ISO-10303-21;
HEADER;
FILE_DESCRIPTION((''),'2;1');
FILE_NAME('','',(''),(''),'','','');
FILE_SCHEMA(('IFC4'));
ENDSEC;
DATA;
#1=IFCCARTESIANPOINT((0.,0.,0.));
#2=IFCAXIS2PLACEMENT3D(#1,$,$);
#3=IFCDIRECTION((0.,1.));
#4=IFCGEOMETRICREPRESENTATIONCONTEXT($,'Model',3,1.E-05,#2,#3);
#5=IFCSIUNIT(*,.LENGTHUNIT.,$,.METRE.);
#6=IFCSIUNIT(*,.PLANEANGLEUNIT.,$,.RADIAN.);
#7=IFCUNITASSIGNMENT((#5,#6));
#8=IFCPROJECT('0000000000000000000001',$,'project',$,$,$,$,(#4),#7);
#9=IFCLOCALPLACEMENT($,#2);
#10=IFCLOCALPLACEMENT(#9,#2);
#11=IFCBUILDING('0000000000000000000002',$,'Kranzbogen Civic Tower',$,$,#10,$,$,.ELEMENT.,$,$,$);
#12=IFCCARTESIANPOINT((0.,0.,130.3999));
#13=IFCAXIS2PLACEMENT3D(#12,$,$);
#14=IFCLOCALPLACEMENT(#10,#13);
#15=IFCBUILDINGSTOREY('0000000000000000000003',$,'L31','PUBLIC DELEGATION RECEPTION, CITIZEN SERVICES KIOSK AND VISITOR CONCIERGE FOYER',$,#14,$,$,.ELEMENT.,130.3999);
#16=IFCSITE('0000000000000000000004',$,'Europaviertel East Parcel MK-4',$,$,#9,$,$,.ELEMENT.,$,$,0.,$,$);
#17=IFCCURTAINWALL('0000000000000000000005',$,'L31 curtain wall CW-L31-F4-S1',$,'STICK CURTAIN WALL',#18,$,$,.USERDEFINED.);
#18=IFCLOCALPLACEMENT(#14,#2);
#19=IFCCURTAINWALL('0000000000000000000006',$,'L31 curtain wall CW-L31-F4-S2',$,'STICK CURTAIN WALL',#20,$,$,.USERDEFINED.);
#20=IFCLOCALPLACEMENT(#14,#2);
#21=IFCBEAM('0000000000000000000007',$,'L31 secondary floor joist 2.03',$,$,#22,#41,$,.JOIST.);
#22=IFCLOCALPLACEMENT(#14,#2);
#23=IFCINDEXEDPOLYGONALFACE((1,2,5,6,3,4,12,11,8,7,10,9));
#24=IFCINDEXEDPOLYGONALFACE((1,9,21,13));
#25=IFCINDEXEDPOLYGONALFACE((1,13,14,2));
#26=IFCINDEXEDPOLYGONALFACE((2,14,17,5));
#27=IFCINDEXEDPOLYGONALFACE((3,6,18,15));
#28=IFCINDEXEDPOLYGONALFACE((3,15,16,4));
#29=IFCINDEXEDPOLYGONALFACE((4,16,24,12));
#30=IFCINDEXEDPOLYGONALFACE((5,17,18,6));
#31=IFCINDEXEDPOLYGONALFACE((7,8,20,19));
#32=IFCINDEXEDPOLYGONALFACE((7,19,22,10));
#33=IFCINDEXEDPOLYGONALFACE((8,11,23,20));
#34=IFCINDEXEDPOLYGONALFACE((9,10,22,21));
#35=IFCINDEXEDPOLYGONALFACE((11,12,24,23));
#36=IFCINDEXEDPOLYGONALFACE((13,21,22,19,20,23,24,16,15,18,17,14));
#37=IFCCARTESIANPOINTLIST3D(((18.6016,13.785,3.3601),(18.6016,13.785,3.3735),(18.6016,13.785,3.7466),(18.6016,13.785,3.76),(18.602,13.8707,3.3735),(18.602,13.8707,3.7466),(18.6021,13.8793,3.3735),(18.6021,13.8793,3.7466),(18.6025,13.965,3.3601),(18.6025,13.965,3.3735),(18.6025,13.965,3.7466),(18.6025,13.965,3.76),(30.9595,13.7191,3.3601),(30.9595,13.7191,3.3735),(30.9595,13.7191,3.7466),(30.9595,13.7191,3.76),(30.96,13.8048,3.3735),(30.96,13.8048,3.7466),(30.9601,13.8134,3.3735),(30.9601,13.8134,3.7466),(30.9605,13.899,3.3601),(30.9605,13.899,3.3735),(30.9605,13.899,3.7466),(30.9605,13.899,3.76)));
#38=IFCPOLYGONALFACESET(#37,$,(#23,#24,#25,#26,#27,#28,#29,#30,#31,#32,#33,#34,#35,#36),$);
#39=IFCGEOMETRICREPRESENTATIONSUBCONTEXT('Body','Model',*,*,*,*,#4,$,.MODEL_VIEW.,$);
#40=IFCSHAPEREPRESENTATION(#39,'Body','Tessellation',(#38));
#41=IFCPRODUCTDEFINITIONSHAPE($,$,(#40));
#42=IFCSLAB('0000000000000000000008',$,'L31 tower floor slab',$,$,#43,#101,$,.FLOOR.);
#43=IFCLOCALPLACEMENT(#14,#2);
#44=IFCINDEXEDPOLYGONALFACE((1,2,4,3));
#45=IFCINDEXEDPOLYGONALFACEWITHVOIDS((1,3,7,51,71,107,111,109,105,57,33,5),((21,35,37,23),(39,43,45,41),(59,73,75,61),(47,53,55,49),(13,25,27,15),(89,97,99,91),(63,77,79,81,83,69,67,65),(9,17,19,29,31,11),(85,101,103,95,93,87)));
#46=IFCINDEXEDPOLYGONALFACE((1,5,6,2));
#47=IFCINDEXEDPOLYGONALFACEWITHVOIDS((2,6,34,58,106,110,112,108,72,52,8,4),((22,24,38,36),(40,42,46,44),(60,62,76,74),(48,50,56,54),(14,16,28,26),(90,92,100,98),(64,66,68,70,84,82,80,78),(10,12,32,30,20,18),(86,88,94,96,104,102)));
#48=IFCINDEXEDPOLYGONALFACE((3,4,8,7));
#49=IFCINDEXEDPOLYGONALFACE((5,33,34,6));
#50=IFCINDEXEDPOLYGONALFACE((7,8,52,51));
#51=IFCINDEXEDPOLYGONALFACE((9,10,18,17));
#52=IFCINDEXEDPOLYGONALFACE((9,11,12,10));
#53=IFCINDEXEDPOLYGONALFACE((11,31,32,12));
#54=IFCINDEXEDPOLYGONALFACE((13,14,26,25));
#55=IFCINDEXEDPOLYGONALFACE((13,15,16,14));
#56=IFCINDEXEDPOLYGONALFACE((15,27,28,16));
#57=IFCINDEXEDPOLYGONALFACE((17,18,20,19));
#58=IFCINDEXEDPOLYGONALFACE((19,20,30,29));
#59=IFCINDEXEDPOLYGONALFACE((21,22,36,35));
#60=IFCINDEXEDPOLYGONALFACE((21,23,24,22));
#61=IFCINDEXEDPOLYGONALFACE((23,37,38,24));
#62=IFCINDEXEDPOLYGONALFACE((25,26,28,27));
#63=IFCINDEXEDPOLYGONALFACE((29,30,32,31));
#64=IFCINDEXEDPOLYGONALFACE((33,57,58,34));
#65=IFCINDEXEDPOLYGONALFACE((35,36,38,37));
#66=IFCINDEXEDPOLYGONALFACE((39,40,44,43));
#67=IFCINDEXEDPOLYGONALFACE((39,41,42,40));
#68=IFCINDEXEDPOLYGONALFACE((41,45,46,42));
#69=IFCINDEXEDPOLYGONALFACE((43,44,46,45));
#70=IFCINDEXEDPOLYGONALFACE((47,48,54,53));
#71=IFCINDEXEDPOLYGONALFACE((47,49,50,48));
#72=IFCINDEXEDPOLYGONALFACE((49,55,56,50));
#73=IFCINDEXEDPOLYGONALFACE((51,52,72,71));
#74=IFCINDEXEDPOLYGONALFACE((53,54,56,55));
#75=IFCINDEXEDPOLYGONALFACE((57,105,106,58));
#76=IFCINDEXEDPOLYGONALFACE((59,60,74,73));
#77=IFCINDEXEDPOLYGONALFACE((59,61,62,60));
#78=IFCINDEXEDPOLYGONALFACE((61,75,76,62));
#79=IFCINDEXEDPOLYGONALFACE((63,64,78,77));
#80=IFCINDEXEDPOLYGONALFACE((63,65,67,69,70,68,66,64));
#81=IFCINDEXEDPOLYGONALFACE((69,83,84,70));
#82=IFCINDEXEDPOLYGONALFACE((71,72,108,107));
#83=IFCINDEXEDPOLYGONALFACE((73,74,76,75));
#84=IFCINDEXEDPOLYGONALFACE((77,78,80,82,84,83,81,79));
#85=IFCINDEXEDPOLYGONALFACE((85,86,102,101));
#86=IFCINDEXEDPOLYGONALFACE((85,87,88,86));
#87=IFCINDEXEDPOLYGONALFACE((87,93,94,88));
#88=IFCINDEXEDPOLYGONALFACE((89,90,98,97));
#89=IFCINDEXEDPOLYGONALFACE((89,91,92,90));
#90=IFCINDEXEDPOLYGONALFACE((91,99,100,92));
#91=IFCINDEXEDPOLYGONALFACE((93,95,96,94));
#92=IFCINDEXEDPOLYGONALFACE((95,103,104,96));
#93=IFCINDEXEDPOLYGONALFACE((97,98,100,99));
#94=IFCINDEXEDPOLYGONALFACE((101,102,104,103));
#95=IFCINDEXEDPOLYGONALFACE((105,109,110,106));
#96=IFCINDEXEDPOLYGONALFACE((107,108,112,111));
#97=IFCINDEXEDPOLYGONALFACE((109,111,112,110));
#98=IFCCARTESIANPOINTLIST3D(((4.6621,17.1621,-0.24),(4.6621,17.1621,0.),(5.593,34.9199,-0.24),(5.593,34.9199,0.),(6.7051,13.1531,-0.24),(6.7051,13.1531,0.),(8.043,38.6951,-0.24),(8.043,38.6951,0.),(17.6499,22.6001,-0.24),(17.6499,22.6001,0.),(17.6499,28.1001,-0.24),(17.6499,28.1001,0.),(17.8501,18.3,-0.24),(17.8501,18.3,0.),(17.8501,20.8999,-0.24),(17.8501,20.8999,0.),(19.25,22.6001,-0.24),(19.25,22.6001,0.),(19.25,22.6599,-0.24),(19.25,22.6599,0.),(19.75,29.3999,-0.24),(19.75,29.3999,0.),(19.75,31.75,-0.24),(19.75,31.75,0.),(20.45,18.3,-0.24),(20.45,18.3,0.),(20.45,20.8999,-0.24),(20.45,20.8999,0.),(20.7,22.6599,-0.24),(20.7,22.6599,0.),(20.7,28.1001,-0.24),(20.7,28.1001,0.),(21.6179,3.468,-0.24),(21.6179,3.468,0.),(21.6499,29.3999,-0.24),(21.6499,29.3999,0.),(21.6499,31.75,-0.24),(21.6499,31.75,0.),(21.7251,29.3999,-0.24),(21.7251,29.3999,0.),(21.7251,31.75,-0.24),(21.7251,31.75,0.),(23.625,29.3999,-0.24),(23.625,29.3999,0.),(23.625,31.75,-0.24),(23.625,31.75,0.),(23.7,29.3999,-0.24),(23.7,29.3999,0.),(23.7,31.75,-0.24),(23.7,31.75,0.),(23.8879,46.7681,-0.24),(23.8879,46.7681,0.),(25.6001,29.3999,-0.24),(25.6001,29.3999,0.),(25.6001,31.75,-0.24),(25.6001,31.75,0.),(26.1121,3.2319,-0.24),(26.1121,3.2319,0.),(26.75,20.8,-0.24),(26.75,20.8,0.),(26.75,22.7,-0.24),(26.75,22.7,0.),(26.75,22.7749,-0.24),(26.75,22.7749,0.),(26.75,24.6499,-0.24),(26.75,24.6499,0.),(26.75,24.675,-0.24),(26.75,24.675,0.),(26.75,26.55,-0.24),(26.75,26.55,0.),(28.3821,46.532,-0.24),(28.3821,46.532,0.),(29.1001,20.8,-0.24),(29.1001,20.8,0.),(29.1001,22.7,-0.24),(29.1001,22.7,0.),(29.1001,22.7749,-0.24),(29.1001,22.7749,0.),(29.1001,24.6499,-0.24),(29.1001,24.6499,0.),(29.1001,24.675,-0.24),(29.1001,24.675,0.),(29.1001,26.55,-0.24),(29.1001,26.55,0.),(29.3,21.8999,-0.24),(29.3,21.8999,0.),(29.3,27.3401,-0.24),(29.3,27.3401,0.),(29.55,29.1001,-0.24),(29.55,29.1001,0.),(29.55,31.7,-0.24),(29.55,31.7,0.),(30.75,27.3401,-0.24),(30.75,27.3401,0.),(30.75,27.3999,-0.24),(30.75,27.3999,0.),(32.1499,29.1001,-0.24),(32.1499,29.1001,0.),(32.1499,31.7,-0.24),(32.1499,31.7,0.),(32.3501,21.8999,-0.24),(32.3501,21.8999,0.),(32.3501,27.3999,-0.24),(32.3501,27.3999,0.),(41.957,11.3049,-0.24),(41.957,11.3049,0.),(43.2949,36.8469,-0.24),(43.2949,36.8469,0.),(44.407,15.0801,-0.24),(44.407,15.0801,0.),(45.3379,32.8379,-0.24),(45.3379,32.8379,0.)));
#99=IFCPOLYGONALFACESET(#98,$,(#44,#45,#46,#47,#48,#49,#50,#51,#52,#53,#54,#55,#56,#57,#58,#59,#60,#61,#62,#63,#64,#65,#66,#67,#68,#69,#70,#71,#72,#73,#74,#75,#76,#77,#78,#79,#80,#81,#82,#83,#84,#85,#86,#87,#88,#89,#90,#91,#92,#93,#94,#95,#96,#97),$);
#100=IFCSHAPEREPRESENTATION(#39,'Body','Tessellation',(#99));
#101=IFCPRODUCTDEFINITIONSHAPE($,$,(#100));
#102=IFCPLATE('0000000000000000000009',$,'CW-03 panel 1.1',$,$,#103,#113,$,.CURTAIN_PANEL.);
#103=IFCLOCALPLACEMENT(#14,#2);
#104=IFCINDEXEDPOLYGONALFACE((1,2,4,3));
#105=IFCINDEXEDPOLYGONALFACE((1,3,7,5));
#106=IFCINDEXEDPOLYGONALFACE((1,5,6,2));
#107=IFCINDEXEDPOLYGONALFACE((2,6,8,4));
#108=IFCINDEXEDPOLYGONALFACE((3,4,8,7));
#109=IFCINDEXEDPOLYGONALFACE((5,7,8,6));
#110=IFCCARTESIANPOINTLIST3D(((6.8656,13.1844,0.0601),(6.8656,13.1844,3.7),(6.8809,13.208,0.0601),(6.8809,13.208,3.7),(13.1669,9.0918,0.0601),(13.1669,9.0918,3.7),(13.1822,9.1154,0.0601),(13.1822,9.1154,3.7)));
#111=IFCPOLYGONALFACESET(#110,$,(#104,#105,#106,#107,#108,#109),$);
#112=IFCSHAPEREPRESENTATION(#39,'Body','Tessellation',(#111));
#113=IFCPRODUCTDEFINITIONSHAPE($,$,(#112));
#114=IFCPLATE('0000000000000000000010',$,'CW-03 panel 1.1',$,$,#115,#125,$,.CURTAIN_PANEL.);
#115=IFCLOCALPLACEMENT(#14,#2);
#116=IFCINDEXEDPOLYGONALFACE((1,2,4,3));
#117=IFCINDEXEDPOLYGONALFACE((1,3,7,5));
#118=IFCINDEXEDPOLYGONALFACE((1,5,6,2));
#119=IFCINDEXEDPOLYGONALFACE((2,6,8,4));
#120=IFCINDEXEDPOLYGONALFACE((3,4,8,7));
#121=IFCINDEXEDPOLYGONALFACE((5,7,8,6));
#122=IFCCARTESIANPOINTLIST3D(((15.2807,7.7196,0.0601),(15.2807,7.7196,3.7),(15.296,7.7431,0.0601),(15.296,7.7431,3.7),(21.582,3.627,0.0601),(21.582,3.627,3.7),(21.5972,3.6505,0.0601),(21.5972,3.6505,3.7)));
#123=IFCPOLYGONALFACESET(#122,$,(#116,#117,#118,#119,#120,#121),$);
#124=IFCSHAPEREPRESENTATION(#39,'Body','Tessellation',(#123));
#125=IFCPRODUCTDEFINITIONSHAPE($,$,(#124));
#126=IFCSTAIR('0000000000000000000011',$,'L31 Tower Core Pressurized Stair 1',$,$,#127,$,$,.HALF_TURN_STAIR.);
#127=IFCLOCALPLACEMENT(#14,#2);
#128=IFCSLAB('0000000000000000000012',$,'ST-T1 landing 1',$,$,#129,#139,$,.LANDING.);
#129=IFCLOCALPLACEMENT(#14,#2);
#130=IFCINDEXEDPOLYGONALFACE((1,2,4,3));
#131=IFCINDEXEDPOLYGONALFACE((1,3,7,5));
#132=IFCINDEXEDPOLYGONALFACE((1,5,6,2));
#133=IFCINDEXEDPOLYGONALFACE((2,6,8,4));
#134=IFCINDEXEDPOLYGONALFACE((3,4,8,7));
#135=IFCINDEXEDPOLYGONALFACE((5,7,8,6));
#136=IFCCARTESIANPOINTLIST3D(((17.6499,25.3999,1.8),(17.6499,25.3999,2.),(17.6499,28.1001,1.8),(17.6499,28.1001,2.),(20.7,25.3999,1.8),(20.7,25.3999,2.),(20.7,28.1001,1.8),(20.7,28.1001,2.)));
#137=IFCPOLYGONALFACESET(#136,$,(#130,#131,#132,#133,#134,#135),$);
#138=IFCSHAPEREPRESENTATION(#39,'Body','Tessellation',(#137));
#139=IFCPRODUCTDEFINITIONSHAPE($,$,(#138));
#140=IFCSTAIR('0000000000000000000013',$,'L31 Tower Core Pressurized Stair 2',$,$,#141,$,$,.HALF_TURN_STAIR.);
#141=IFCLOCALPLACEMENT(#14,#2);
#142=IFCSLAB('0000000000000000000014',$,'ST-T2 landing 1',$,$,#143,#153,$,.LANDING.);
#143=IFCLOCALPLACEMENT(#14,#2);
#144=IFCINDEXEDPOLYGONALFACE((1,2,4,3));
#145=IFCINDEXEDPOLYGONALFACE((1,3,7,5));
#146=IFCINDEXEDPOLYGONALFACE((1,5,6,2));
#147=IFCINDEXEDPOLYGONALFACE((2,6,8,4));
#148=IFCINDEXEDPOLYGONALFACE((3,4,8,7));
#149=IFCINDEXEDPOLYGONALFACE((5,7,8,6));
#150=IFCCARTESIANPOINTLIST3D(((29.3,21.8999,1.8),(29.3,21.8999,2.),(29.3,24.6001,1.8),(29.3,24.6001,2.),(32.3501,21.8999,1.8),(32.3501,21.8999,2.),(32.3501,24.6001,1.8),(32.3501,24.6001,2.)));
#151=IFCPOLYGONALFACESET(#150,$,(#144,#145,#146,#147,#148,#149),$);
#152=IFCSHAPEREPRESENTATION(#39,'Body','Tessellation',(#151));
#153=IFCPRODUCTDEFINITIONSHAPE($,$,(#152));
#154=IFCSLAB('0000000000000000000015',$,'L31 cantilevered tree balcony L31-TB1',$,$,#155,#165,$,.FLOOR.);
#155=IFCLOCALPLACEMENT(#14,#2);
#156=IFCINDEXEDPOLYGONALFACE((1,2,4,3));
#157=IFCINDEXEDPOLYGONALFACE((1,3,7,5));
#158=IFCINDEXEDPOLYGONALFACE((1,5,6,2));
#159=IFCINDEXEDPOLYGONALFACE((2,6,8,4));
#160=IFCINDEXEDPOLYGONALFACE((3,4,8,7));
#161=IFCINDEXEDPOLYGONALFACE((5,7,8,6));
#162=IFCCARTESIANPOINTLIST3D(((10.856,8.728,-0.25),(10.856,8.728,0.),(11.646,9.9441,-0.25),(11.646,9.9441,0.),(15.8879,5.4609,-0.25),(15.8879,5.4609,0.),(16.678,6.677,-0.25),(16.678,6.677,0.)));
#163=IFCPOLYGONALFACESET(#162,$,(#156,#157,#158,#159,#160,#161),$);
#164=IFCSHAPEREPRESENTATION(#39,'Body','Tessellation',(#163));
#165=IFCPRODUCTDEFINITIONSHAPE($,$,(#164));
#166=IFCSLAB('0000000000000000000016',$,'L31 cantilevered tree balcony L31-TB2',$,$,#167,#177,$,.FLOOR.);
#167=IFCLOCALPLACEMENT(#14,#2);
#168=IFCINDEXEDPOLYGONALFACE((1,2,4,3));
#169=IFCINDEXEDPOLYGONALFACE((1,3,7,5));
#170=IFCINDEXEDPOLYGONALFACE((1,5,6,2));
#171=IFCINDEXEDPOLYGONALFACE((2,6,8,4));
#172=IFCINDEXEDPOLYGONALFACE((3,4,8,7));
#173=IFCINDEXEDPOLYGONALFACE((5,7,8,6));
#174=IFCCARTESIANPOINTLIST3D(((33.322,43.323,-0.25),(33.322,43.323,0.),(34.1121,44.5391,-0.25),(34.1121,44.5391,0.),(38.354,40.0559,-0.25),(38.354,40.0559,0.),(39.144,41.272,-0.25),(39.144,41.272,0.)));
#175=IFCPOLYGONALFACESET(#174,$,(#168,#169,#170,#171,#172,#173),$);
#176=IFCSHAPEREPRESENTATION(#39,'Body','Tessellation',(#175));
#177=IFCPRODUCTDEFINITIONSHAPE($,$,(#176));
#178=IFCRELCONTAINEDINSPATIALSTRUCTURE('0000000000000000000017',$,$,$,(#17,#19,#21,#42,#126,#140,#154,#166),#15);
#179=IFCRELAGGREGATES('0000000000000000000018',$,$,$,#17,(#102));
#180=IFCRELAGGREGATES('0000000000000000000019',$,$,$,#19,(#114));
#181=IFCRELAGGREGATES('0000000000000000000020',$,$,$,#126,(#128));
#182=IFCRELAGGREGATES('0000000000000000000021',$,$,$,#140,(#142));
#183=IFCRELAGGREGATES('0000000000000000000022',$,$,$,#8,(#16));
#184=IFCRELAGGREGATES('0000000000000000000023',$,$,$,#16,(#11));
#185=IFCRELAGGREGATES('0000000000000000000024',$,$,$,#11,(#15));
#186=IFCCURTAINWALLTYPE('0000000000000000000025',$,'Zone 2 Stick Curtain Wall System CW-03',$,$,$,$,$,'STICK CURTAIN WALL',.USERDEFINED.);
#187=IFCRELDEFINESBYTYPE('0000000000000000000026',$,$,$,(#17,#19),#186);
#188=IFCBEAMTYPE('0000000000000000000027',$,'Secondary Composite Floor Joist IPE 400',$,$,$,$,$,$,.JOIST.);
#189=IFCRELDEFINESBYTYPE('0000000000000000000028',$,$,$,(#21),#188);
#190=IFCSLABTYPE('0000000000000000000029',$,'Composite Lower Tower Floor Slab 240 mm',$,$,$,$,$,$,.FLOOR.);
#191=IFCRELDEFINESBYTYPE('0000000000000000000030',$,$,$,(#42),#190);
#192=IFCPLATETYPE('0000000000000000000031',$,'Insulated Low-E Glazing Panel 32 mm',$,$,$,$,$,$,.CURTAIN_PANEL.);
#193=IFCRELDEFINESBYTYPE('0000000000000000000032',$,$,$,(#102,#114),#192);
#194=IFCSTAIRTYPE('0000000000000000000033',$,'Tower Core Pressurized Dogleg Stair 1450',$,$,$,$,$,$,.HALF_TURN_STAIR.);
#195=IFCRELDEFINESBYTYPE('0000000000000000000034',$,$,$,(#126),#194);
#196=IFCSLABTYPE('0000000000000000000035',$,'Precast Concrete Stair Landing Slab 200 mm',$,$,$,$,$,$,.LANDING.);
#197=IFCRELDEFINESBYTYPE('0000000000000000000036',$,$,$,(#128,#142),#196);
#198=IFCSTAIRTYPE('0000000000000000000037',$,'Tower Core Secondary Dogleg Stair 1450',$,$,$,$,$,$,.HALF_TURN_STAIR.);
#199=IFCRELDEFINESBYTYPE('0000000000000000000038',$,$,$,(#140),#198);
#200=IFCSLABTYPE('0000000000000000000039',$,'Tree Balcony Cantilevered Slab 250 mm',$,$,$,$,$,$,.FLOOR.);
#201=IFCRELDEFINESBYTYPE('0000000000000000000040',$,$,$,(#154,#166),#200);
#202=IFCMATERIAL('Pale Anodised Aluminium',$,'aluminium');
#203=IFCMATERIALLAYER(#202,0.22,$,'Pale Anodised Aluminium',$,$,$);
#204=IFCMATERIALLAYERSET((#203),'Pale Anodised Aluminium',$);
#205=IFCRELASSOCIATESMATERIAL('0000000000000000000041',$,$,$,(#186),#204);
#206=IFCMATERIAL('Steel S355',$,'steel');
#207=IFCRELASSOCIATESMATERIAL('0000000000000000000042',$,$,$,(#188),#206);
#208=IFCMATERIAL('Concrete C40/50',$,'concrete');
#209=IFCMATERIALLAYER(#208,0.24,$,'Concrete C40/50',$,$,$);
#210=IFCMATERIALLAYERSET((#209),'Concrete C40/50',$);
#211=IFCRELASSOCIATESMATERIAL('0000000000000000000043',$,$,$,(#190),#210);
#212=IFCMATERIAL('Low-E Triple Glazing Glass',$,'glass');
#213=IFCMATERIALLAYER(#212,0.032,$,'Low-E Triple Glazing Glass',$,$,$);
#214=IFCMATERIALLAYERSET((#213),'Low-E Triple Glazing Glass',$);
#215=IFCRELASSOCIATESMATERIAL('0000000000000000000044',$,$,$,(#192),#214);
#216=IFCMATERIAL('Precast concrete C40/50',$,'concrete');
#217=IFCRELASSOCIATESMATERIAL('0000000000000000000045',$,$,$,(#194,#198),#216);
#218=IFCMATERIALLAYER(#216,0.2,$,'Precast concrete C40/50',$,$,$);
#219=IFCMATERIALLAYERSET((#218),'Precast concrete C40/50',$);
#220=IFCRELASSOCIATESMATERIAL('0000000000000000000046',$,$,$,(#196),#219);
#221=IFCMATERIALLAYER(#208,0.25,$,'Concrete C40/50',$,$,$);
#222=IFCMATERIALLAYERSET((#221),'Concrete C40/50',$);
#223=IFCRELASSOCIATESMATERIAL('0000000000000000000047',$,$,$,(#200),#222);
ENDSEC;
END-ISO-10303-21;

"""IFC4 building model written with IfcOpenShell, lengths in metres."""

from ifc_helpers import new_model, si_unit, direction, frame, origin, origin_2d, place, context, subcontext, project, spatial, polyline, rectangle, i_section, outline, extrude, material, layer, layer_set, material_profile, profile_set, type_object, element, aggregate, save


model = new_model("IFC4")

# Units and contexts
model_context = context("Model", 3, precision=1e-05, world=origin(), true_north=direction((0.0, 1.0)))
body_context = subcontext(model_context, "Body", "Model", "MODEL_VIEW")
ifc_project = project(units=[si_unit("LENGTHUNIT", "METRE"), si_unit("PLANEANGLEUNIT", "RADIAN")], contexts=[model_context])

# Site, building, storey
site_placement = place(None, origin())
site = spatial("IfcSite", under=ifc_project, at=site_placement, Name="Europaviertel East Parcel MK-4", CompositionType="ELEMENT", RefElevation=0.0)
building_placement = place(site_placement, origin())
building = spatial("IfcBuilding", under=site, at=building_placement, Name="Kranzbogen Civic Tower", CompositionType="ELEMENT")
storey_placement = place(building_placement, frame((0.0, 0.0, 130.3999)))
storey = spatial("IfcBuildingStorey", under=building, at=storey_placement, Name="L31", Description="PUBLIC DELEGATION RECEPTION, CITIZEN SERVICES KIOSK AND VISITOR CONCIERGE FOYER", CompositionType="ELEMENT", Elevation=130.3999)

# Shared definitions
ifc_material_1 = material(Name="Steel S355", Category="steel")

# Curtain wall
ifc_material_2 = material(Name="Pale Anodised Aluminium", Category="aluminium")
ifc_layer_1 = layer(ifc_material_2, 0.22, Name="Pale Anodised Aluminium")
ifc_layer_set_1 = layer_set([ifc_layer_1], Name="Pale Anodised Aluminium")
curtain_wall_type = type_object("IfcCurtainWallType", Name="Zone 2 Stick Curtain Wall System CW-03", ElementType="STICK CURTAIN WALL", PredefinedType="USERDEFINED", material=ifc_layer_set_1)
curtain_wall_1_placement = place(storey_placement, origin())
curtain_wall_1 = element("IfcCurtainWall", 1, at=curtain_wall_1_placement, inside=storey, type_object=curtain_wall_type, Name="L31 curtain wall CW-L31-F4-S1", ObjectType="STICK CURTAIN WALL", PredefinedType="USERDEFINED")

# Curtain wall
curtain_wall_2_placement = place(storey_placement, origin())
curtain_wall_2 = element("IfcCurtainWall", 2, at=curtain_wall_2_placement, inside=storey, type_object=curtain_wall_type, Name="L31 curtain wall CW-L31-F4-S2", ObjectType="STICK CURTAIN WALL", PredefinedType="USERDEFINED")

# Beam
ifc_material_profile_1 = material_profile(ifc_material_1, i_section(OverallWidth=0.1799, OverallDepth=0.3999, WebThickness=0.0085, FlangeThickness=0.0134, at=origin_2d()), Name="IPE 400")
ifc_profile_set_1 = profile_set([ifc_material_profile_1], Name="Steel S355")
beam_type_1 = type_object("IfcBeamType", Name="Secondary Composite Floor Joist IPE 400", PredefinedType="JOIST", material=ifc_profile_set_1)
beam_1_placement = place(storey_placement, frame((18.6021, 13.875, 3.5601), z_axis=(0.999986, -0.005334, 0.0), x_axis=(0.005334, 0.999986, 0.0)))
element("IfcBeam", 3, at=beam_1_placement, inside=storey, type_object=beam_type_1, Name="L31 secondary floor joist 2.03", PredefinedType="JOIST", context=body_context, shape_type="SweptSolid", body=[
    extrude(i_section(OverallWidth=0.1799, OverallDepth=0.3999, WebThickness=0.0085, FlangeThickness=0.0134, at=origin_2d()), origin(), (0.0, 0.0, 1.0), 12.3582),
])

# Slab
ifc_material_3 = material(Name="Concrete C40/50", Category="concrete")
ifc_layer_2 = layer(ifc_material_3, 0.24, Name="Concrete C40/50")
ifc_layer_set_2 = layer_set([ifc_layer_2], Name="Concrete C40/50")
slab_type_1 = type_object("IfcSlabType", Name="Composite Lower Tower Floor Slab 240 mm", PredefinedType="FLOOR", material=ifc_layer_set_2)
slab_1_placement = place(storey_placement, frame((0.0, 0.0, -0.24)))
element("IfcSlab", 4, at=slab_1_placement, inside=storey, type_object=slab_type_1, Name="L31 tower floor slab", PredefinedType="FLOOR", context=body_context, shape_type="SweptSolid", body=[
    extrude(outline(polyline([(43.2949, 36.8469), (28.3821, 46.532), (23.8879, 46.7681), (8.043, 38.6951), (5.593, 34.9199), (4.6621, 17.1621), (6.7051, 13.1531), (21.6179, 3.468), (26.1121, 3.2319), (41.957, 11.3049), (44.407, 15.0801), (45.3379, 32.8379), (43.2949, 36.8469)]), holes=[polyline([(20.45, 20.8999), (20.45, 18.3), (17.8501, 18.3), (17.8501, 20.8999), (20.45, 20.8999)]), polyline([(29.1001, 22.7), (29.1001, 20.8), (26.75, 20.8), (26.75, 22.7), (29.1001, 22.7)]), polyline([(29.1001, 24.6499), (29.1001, 22.7749), (26.75, 22.7749), (26.75, 24.6499), (26.75, 24.675), (26.75, 26.55), (29.1001, 26.55), (29.1001, 24.675), (29.1001, 24.6499)]), polyline([(30.75, 27.3401), (30.75, 27.3999), (32.3501, 27.3999), (32.3501, 21.8999), (29.3, 21.8999), (29.3, 27.3401), (30.75, 27.3401)]), polyline([(19.25, 22.6599), (19.25, 22.6001), (17.6499, 22.6001), (17.6499, 28.1001), (20.7, 28.1001), (20.7, 22.6599), (19.25, 22.6599)]), polyline([(32.1499, 31.7), (32.1499, 29.1001), (29.55, 29.1001), (29.55, 31.7), (32.1499, 31.7)]), polyline([(21.6499, 31.75), (21.6499, 29.3999), (19.75, 29.3999), (19.75, 31.75), (21.6499, 31.75)]), polyline([(23.625, 29.3999), (21.7251, 29.3999), (21.7251, 31.75), (23.625, 31.75), (23.625, 29.3999)]), polyline([(25.6001, 29.3999), (23.7, 29.3999), (23.7, 31.75), (25.6001, 31.75), (25.6001, 29.3999)])]), origin(), (0.0, 0.0, 1.0), 0.24),
])

# Plates
ifc_material_4 = material(Name="Low-E Triple Glazing Glass", Category="glass")
ifc_layer_3 = layer(ifc_material_4, 0.032, Name="Low-E Triple Glazing Glass")
ifc_layer_set_3 = layer_set([ifc_layer_3], Name="Low-E Triple Glazing Glass")
plate_type = type_object("IfcPlateType", Name="Insulated Low-E Glazing Panel 32 mm", PredefinedType="CURTAIN_PANEL", material=ifc_layer_set_3)
plate_1_placement = place(storey_placement, frame((10.0239, 11.1499, 0.0601), z_axis=(0.0, 0.0, 1.0), x_axis=(0.838641, -0.544684, 0.0)))
plate_1 = element("IfcPlate", 5, at=plate_1_placement, type_object=plate_type, Name="CW-03 panel 1.1", PredefinedType="CURTAIN_PANEL", context=body_context, shape_type="SweptSolid", body=[
    extrude(rectangle(XDim=7.5137, YDim=0.0281, at=origin_2d()), origin(), (0.0, 0.0, 1.0), 3.6399),
])
aggregate(curtain_wall_1, [plate_1])
plate_2_placement = place(storey_placement, frame((18.439, 5.6851, 0.0601), z_axis=(0.0, 0.0, 1.0), x_axis=(0.838641, -0.544684, 0.0)))
plate_2 = element("IfcPlate", 6, at=plate_2_placement, type_object=plate_type, Name="CW-03 panel 1.1", PredefinedType="CURTAIN_PANEL", context=body_context, shape_type="SweptSolid", body=[
    extrude(rectangle(XDim=7.5137, YDim=0.0281, at=origin_2d()), origin(), (0.0, 0.0, 1.0), 3.6399),
])
aggregate(curtain_wall_2, [plate_2])

# Stairs, slabs
ifc_material_5 = material(Name="Precast concrete C40/50", Category="concrete")
stair_type_1 = type_object("IfcStairType", Name="Tower Core Pressurized Dogleg Stair 1450", PredefinedType="HALF_TURN_STAIR", material=ifc_material_5)
stair_1_placement = place(storey_placement, origin())
stair_1 = element("IfcStair", 7, at=stair_1_placement, inside=storey, type_object=stair_type_1, Name="L31 Tower Core Pressurized Stair 1", PredefinedType="HALF_TURN_STAIR")
ifc_layer_4 = layer(ifc_material_5, 0.2, Name="Precast concrete C40/50")
ifc_layer_set_4 = layer_set([ifc_layer_4], Name="Precast concrete C40/50")
slab_type_2 = type_object("IfcSlabType", Name="Precast Concrete Stair Landing Slab 200 mm", PredefinedType="LANDING", material=ifc_layer_set_4)
slab_2_placement = place(storey_placement, frame((0.0, 0.0, 1.8)))
slab_2 = element("IfcSlab", 8, at=slab_2_placement, type_object=slab_type_2, Name="ST-T1 landing 1", PredefinedType="LANDING", context=body_context, shape_type="SweptSolid", body=[
    extrude(outline(polyline([(20.7, 25.3999), (20.7, 28.1001), (17.6499, 28.1001), (17.6499, 25.3999), (20.7, 25.3999)])), origin(), (0.0, 0.0, 1.0), 0.2),
])
aggregate(stair_1, [slab_2])
stair_type_2 = type_object("IfcStairType", Name="Tower Core Secondary Dogleg Stair 1450", PredefinedType="HALF_TURN_STAIR", material=ifc_material_5)
stair_2_placement = place(storey_placement, origin())
stair_2 = element("IfcStair", 9, at=stair_2_placement, inside=storey, type_object=stair_type_2, Name="L31 Tower Core Pressurized Stair 2", PredefinedType="HALF_TURN_STAIR")
slab_3_placement = place(storey_placement, frame((0.0, 0.0, 1.8)))
slab_3 = element("IfcSlab", 10, at=slab_3_placement, type_object=slab_type_2, Name="ST-T2 landing 1", PredefinedType="LANDING", context=body_context, shape_type="SweptSolid", body=[
    extrude(outline(polyline([(29.3, 24.6001), (29.3, 21.8999), (32.3501, 21.8999), (32.3501, 24.6001), (29.3, 24.6001)])), origin(), (0.0, 0.0, 1.0), 0.2),
])
aggregate(stair_2, [slab_3])

# Slabs
ifc_layer_5 = layer(ifc_material_3, 0.25, Name="Concrete C40/50")
ifc_layer_set_5 = layer_set([ifc_layer_5], Name="Concrete C40/50")
slab_type_3 = type_object("IfcSlabType", Name="Tree Balcony Cantilevered Slab 250 mm", PredefinedType="FLOOR", material=ifc_layer_set_5)
slab_4_placement = place(storey_placement, frame((0.0, 0.0, -0.25)))
element("IfcSlab", 11, at=slab_4_placement, inside=storey, type_object=slab_type_3, Name="L31 cantilevered tree balcony L31-TB1", PredefinedType="FLOOR", context=body_context, shape_type="SweptSolid", body=[
    extrude(outline(polyline([(11.646, 9.9441), (16.678, 6.677), (15.8879, 5.4609), (10.856, 8.728), (11.646, 9.9441)])), origin(), (0.0, 0.0, 1.0), 0.25),
])
slab_5_placement = place(storey_placement, frame((0.0, 0.0, -0.25)))
element("IfcSlab", 12, at=slab_5_placement, inside=storey, type_object=slab_type_3, Name="L31 cantilevered tree balcony L31-TB2", PredefinedType="FLOOR", context=body_context, shape_type="SweptSolid", body=[
    extrude(outline(polyline([(38.354, 40.0559), (33.322, 43.323), (34.1121, 44.5391), (39.144, 41.272), (38.354, 40.0559)])), origin(), (0.0, 0.0, 1.0), 0.25),
])

save(model, "model.ifc")
